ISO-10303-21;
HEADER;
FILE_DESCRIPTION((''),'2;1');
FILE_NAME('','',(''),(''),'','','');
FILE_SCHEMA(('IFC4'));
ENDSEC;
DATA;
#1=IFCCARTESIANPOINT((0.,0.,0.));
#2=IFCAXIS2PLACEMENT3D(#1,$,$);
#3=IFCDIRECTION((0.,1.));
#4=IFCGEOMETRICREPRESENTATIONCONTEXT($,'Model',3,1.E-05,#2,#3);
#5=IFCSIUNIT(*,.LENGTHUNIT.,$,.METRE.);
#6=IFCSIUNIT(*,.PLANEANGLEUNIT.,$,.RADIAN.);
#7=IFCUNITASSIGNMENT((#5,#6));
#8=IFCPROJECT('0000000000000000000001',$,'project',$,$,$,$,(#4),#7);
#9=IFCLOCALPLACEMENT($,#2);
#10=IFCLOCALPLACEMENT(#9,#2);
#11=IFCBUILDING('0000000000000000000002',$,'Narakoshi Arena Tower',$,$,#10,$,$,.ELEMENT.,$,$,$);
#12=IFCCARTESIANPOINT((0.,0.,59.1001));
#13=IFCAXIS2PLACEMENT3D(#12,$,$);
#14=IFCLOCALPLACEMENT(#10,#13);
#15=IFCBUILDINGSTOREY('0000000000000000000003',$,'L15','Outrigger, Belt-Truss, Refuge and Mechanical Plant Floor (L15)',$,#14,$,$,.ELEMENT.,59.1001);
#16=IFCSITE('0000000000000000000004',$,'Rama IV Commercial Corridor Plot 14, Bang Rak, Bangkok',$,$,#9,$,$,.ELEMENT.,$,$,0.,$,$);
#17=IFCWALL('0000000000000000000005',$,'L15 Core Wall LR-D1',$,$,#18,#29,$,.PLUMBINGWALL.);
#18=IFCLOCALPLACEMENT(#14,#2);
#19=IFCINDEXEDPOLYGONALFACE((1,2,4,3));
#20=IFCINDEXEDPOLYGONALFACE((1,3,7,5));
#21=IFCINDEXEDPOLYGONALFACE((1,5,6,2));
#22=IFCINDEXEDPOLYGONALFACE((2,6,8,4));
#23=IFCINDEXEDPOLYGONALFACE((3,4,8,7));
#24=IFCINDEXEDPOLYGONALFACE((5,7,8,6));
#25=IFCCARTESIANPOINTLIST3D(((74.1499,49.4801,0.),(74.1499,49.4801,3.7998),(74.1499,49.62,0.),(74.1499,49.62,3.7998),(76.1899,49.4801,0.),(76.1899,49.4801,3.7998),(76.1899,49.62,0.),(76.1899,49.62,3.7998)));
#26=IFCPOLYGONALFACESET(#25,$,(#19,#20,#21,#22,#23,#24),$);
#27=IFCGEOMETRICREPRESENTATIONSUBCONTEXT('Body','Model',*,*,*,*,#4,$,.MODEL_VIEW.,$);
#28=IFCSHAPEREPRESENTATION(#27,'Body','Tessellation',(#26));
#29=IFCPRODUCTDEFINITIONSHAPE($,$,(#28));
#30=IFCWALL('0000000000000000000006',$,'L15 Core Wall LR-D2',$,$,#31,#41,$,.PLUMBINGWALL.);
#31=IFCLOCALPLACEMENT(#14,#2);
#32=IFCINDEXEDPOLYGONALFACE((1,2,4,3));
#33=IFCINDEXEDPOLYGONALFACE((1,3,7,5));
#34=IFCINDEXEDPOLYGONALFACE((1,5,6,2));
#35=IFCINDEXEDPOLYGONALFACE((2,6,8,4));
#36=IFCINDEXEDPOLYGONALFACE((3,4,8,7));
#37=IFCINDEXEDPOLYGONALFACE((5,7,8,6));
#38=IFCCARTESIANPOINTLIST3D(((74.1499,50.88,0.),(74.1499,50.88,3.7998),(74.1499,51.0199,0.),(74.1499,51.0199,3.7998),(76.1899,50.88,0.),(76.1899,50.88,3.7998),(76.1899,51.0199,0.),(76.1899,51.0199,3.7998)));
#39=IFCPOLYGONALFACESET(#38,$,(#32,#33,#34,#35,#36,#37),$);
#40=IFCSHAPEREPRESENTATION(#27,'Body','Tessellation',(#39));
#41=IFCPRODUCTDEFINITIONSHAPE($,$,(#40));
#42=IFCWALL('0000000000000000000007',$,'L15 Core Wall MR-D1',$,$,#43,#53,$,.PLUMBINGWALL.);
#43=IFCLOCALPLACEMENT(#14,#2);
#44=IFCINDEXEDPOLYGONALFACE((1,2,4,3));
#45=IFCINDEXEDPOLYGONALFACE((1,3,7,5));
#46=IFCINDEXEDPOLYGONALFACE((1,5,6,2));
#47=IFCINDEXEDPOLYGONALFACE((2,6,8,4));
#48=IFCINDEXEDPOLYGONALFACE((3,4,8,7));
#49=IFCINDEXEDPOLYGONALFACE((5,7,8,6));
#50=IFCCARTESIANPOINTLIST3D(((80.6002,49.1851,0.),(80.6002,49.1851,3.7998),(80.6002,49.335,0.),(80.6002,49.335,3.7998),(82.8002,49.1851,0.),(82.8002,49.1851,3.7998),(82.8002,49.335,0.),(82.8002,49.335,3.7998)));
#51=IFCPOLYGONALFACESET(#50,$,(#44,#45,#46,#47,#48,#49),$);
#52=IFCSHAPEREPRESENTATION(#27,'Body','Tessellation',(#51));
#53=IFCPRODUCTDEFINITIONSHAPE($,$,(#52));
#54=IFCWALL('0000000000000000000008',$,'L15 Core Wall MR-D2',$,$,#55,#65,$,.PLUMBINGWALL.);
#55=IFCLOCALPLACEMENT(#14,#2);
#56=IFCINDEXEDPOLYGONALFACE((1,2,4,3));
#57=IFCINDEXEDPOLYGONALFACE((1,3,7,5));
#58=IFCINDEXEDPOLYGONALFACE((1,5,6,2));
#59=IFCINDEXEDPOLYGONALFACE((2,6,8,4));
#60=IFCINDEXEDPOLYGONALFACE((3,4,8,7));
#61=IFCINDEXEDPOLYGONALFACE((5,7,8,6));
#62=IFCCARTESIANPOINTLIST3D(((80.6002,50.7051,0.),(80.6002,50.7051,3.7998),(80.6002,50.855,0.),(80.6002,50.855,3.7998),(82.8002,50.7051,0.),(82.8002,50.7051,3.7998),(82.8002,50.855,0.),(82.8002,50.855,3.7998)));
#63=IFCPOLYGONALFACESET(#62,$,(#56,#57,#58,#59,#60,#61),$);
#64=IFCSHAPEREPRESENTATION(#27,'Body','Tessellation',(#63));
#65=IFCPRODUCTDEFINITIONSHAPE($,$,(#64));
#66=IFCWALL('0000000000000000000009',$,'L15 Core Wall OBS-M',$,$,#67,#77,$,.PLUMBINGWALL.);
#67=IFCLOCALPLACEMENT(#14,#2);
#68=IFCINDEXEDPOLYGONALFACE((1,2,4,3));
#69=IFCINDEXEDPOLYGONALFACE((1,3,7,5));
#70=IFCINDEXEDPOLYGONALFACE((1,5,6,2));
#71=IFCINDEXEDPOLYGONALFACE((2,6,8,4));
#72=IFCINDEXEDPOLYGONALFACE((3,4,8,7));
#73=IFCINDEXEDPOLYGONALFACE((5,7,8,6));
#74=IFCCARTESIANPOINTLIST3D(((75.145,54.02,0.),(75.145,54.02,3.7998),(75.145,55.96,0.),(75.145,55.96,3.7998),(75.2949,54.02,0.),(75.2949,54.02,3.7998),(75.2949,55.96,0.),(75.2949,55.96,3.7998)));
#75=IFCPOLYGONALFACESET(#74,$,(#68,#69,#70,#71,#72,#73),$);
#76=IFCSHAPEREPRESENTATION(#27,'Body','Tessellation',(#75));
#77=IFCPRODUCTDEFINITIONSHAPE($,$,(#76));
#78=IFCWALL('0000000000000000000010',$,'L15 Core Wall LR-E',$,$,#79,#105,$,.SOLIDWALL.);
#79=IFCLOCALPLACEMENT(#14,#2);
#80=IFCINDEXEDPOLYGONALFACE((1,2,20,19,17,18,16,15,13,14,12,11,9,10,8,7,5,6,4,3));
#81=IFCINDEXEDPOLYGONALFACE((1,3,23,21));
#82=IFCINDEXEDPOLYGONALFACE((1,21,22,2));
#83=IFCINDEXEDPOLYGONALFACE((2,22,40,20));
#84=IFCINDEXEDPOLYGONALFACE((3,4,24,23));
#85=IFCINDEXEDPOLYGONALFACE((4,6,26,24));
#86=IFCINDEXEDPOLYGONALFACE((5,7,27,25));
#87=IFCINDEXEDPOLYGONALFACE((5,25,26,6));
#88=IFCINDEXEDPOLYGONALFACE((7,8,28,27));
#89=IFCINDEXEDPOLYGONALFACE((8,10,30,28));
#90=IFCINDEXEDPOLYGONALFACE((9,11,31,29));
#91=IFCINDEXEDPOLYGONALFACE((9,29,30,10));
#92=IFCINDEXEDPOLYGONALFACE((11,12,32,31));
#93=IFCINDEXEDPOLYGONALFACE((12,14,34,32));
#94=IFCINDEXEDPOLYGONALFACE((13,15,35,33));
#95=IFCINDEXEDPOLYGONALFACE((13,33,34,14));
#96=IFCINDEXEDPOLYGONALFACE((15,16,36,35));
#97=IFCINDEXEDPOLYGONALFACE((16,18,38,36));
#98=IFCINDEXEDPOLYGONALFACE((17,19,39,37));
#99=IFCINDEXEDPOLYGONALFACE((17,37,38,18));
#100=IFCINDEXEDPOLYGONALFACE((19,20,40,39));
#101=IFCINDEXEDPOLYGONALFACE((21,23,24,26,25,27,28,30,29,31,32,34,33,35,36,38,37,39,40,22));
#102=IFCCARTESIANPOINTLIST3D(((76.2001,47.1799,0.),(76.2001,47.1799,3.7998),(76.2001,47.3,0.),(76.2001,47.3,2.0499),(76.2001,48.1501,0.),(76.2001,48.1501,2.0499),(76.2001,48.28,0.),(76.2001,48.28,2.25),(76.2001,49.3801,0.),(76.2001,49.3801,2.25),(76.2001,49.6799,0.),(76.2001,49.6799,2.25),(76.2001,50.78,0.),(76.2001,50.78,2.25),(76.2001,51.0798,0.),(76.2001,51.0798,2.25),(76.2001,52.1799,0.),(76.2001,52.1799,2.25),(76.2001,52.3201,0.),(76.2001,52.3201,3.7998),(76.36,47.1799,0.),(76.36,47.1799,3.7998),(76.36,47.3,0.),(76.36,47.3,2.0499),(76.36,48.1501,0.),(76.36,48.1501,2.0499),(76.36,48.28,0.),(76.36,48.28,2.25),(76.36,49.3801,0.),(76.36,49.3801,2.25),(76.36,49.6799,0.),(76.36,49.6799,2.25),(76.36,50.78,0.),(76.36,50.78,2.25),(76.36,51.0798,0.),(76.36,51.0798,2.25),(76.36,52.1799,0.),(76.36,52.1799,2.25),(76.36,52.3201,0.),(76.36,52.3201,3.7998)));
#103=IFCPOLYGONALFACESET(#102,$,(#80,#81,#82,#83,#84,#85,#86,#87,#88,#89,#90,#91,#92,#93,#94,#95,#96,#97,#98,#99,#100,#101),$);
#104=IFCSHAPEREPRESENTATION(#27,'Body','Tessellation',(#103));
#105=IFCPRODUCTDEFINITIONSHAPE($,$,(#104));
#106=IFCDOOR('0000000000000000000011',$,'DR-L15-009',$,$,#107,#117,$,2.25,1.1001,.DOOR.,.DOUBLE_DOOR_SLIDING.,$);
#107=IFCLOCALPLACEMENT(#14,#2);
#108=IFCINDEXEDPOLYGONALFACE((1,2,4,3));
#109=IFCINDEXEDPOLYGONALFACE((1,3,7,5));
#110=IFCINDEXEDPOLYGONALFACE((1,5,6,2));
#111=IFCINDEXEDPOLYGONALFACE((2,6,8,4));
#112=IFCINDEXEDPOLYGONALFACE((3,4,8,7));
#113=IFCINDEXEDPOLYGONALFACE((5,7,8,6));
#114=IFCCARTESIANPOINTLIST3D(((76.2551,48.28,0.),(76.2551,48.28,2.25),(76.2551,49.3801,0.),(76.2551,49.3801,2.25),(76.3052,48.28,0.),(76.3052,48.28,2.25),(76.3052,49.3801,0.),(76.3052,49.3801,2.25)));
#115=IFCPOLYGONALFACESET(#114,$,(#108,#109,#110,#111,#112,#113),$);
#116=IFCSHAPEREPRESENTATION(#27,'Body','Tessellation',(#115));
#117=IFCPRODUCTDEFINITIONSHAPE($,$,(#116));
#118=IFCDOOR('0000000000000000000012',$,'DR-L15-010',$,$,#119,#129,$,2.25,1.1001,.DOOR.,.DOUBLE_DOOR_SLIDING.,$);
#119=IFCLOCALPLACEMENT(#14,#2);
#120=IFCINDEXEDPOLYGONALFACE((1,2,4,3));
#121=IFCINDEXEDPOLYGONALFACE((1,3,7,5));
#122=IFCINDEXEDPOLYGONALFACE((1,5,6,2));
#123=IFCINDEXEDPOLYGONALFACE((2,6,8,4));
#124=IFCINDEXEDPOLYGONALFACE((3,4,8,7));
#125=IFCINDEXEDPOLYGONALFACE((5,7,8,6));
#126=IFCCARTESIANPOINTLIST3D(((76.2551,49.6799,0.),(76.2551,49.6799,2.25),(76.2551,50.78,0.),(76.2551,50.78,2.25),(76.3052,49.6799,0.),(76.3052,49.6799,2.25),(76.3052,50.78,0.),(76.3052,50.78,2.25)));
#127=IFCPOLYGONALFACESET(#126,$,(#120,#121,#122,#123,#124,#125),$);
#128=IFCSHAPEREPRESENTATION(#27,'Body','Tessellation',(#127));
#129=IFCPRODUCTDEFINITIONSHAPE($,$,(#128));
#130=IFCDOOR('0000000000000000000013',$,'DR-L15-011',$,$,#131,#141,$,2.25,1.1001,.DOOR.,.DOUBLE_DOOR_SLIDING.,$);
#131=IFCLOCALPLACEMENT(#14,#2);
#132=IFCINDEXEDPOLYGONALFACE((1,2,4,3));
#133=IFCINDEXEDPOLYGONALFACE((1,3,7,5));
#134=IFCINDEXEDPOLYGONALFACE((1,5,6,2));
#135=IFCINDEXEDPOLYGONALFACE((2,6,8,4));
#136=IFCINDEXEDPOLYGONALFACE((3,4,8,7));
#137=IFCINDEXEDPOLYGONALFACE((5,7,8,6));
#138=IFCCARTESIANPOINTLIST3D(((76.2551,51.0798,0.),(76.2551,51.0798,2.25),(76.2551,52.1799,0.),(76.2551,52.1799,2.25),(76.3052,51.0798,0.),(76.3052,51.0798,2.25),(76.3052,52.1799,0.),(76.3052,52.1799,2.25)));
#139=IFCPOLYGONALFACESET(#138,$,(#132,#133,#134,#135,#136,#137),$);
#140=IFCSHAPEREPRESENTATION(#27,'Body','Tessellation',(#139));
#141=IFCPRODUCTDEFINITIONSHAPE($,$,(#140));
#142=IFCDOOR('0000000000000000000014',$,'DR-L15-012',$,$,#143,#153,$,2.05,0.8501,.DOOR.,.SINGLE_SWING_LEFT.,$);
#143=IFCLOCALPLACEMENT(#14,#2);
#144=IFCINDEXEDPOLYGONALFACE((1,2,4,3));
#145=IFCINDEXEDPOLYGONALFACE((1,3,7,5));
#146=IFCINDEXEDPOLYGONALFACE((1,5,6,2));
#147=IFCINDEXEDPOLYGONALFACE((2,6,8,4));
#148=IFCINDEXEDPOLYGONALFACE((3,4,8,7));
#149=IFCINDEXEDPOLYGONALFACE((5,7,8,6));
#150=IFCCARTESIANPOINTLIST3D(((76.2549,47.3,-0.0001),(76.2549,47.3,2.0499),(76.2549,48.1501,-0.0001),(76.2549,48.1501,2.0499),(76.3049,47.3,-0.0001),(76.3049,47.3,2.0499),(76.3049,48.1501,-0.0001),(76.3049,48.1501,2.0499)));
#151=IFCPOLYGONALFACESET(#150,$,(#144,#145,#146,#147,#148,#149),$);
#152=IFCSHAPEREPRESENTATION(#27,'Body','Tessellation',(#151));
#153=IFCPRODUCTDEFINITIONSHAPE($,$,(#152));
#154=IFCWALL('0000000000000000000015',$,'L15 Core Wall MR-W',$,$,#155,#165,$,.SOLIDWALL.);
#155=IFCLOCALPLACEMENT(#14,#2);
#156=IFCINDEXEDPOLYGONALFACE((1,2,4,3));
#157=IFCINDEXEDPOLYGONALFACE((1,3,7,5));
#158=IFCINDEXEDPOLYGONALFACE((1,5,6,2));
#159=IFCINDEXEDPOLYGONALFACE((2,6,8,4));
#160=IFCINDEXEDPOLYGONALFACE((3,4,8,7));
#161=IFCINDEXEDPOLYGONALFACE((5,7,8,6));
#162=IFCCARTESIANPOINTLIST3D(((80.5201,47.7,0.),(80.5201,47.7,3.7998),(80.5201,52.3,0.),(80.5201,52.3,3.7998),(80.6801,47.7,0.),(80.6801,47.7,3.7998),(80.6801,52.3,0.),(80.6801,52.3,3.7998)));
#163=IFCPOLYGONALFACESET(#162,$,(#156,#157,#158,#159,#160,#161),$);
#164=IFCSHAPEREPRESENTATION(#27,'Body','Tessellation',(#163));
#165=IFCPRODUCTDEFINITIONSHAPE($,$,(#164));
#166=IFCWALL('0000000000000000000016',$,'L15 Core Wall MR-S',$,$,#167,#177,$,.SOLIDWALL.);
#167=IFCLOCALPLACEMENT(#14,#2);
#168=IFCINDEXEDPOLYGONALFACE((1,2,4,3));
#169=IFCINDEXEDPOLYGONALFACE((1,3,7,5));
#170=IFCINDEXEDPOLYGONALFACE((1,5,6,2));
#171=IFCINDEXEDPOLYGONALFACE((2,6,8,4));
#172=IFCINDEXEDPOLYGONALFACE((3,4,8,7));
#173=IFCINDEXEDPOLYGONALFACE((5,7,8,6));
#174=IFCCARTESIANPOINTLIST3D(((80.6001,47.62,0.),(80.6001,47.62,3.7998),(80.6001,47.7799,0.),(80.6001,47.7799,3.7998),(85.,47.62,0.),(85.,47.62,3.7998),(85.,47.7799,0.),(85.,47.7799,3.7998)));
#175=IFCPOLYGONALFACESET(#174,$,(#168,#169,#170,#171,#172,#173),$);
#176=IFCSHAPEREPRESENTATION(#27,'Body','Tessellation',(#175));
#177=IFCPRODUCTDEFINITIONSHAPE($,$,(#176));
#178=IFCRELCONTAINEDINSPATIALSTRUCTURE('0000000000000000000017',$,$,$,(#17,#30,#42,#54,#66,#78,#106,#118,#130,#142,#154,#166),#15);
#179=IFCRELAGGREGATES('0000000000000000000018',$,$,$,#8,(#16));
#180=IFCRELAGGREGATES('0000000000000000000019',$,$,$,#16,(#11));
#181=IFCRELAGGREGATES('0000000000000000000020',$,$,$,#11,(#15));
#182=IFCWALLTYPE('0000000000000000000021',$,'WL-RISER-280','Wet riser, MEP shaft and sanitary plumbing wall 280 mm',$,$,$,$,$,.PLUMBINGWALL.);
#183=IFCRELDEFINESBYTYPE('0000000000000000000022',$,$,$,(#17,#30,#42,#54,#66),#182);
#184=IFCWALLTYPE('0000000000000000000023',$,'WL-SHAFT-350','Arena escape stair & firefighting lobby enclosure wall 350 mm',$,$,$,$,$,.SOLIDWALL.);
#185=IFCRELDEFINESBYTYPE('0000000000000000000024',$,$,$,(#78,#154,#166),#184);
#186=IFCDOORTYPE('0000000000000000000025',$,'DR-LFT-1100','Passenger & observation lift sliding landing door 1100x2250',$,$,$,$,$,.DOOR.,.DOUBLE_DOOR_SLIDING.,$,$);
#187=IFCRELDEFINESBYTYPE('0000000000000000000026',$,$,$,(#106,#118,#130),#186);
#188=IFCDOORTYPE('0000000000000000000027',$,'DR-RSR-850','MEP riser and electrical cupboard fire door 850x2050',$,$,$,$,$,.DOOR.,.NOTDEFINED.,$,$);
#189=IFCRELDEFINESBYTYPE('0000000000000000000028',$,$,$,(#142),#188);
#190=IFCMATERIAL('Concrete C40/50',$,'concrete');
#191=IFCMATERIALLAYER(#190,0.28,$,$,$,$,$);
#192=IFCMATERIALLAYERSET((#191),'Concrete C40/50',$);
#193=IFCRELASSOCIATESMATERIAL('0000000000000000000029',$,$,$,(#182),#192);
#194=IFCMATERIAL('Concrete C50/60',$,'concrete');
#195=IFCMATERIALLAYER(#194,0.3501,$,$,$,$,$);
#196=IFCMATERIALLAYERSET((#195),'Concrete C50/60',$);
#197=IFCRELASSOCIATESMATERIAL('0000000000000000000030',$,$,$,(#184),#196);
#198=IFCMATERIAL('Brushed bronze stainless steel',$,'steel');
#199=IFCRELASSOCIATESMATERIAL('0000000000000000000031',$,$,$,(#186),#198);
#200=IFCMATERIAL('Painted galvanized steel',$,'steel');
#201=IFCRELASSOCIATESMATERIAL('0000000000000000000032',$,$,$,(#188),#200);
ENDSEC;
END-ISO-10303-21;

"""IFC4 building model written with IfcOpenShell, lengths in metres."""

from ifc_helpers import new_model, si_unit, direction, frame, frame_2d, origin, place, context, subcontext, project, spatial, rectangle, extrude, material, layer, layer_set, type_object, element, fill, save


model = new_model("IFC4")

# Units and contexts
model_context = context("Model", 3, precision=1e-05, world=origin(), true_north=direction((0.0, 1.0)))
body_context = subcontext(model_context, "Body", "Model", "MODEL_VIEW")
ifc_project = project(units=[si_unit("LENGTHUNIT", "METRE"), si_unit("PLANEANGLEUNIT", "RADIAN")], contexts=[model_context])

# Site, building, storey
site_placement = place(None, origin())
site = spatial("IfcSite", under=ifc_project, at=site_placement, Name="Rama IV Commercial Corridor Plot 14, Bang Rak, Bangkok", CompositionType="ELEMENT", RefElevation=0.0)
building_placement = place(site_placement, origin())
building = spatial("IfcBuilding", under=site, at=building_placement, Name="Narakoshi Arena Tower", CompositionType="ELEMENT")
storey_placement = place(building_placement, frame((0.0, 0.0, 59.1001)))
storey = spatial("IfcBuildingStorey", under=building, at=storey_placement, Name="L15", Description="Outrigger, Belt-Truss, Refuge and Mechanical Plant Floor (L15)", CompositionType="ELEMENT", Elevation=59.1001)

# Walls
ifc_material_1 = material(Name="Concrete C40/50", Category="concrete")
ifc_layer_1 = layer(ifc_material_1, 0.28)
ifc_layer_set_1 = layer_set([ifc_layer_1], Name="Concrete C40/50")
wall_type_1 = type_object("IfcWallType", Name="WL-RISER-280", Description="Wet riser, MEP shaft and sanitary plumbing wall 280 mm", PredefinedType="PLUMBINGWALL", material=ifc_layer_set_1)
for number, where, z_axis, x_axis, name in (
    (1, (74.1499, 49.55, 0.0), (0.0, 0.0, 1.0), (1.0, 0.0, 0.0), "L15 Core Wall LR-D1"),
    (2, (74.1499, 50.95, 0.0), (0.0, 0.0, 1.0), (1.0, 0.0, 0.0), "L15 Core Wall LR-D2"),
):
    element("IfcWall", number, at=place(storey_placement, frame(where, z_axis=z_axis, x_axis=x_axis)), inside=storey, type_object=wall_type_1, Name=name, PredefinedType="PLUMBINGWALL", context=body_context, shape_type="SweptSolid", body=[
        extrude(rectangle(XDim=2.04, YDim=0.1399, at=frame_2d((1.02, 0.0))), origin(), (0.0, 0.0, 1.0), 3.7998),
    ])
for number, where, z_axis, x_axis, name in (
    (3, (80.6001, 49.26, 0.0), (0.0, 0.0, 1.0), (1.0, 0.0, 0.0), "L15 Core Wall MR-D1"),
    (4, (80.6001, 50.78, 0.0), (0.0, 0.0, 1.0), (1.0, 0.0, 0.0), "L15 Core Wall MR-D2"),
):
    element("IfcWall", number, at=place(storey_placement, frame(where, z_axis=z_axis, x_axis=x_axis)), inside=storey, type_object=wall_type_1, Name=name, PredefinedType="PLUMBINGWALL", context=body_context, shape_type="SweptSolid", body=[
        extrude(rectangle(XDim=2.2, YDim=0.1499, at=frame_2d((1.1001, 0.0))), origin(), (0.0, 0.0, 1.0), 3.7998),
    ])
wall_1_placement = place(storey_placement, frame((75.22, 54.02, 0.0), z_axis=(0.0, 0.0, 1.0), x_axis=(0.0, 1.0, 0.0)))
element("IfcWall", 5, at=wall_1_placement, inside=storey, type_object=wall_type_1, Name="L15 Core Wall OBS-M", PredefinedType="PLUMBINGWALL", context=body_context, shape_type="SweptSolid", body=[
    extrude(rectangle(XDim=1.9399, YDim=0.1499, at=frame_2d((0.97, 0.0))), origin(), (0.0, 0.0, 1.0), 3.7998),
])

# Wall, openings, doors
ifc_material_2 = material(Name="Concrete C50/60", Category="concrete")
ifc_layer_2 = layer(ifc_material_2, 0.3501)
ifc_layer_set_2 = layer_set([ifc_layer_2], Name="Concrete C50/60")
wall_type_2 = type_object("IfcWallType", Name="WL-SHAFT-350", Description="Arena escape stair & firefighting lobby enclosure wall 350 mm", PredefinedType="SOLIDWALL", material=ifc_layer_set_2)
wall_2_placement = place(storey_placement, frame((76.28, 47.1799, 0.0), z_axis=(0.0, 0.0, 1.0), x_axis=(0.0, 1.0, 0.0)))
wall_2 = element("IfcWall", 6, at=wall_2_placement, inside=storey, type_object=wall_type_2, Name="L15 Core Wall LR-E", PredefinedType="SOLIDWALL", context=body_context, shape_type="SweptSolid", body=[
    extrude(rectangle(XDim=5.1401, YDim=0.1599, at=frame_2d((2.5701, 0.0))), origin(), (0.0, 0.0, 1.0), 3.7998),
])
opening_1_placement = place(wall_2_placement, frame((1.1001, 0.0, 0.0)))
opening_1 = element("IfcOpeningElement", 7, at=opening_1_placement, cuts=wall_2, PredefinedType="OPENING", context=body_context, shape_type="SweptSolid", body=[
    extrude(rectangle(XDim=1.1001, YDim=2.25, at=frame_2d((0.55, 1.125))), frame((0.0, 0.0898, 0.0), z_axis=(0.0, -1.0, 0.0), x_axis=(1.0, 0.0, 0.0)), (0.0, 0.0, 1.0), 0.1799),
])
opening_2_placement = place(wall_2_placement, frame((2.5, 0.0, 0.0)))
opening_2 = element("IfcOpeningElement", 8, at=opening_2_placement, cuts=wall_2, PredefinedType="OPENING", context=body_context, shape_type="SweptSolid", body=[
    extrude(rectangle(XDim=1.1001, YDim=2.25, at=frame_2d((0.55, 1.125))), frame((0.0, 0.0898, 0.0), z_axis=(0.0, -1.0, 0.0), x_axis=(1.0, 0.0, 0.0)), (0.0, 0.0, 1.0), 0.1799),
])
opening_3_placement = place(wall_2_placement, frame((3.8999, 0.0, 0.0)))
opening_3 = element("IfcOpeningElement", 9, at=opening_3_placement, cuts=wall_2, PredefinedType="OPENING", context=body_context, shape_type="SweptSolid", body=[
    extrude(rectangle(XDim=1.1001, YDim=2.25, at=frame_2d((0.55, 1.125))), frame((0.0, 0.0898, 0.0), z_axis=(0.0, -1.0, 0.0), x_axis=(1.0, 0.0, 0.0)), (0.0, 0.0, 1.0), 0.1799),
])
opening_4_placement = place(wall_2_placement, frame((0.1201, 0.0, 0.0)))
opening_4 = element("IfcOpeningElement", 10, at=opening_4_placement, cuts=wall_2, PredefinedType="OPENING", context=body_context, shape_type="SweptSolid", body=[
    extrude(rectangle(XDim=0.8501, YDim=2.05, at=frame_2d((0.425, 1.0249))), frame((0.0, 0.0898, 0.0), z_axis=(0.0, -1.0, 0.0), x_axis=(1.0, 0.0, 0.0)), (0.0, 0.0, 1.0), 0.1799),
])
ifc_material_3 = material(Name="Brushed bronze stainless steel", Category="steel")
door_type_1 = type_object("IfcDoorType", Name="DR-LFT-1100", Description="Passenger & observation lift sliding landing door 1100x2250", OperationType="DOUBLE_DOOR_SLIDING", PredefinedType="DOOR", material=ifc_material_3)
door_1_placement = place(opening_1_placement, origin())
door_1 = element("IfcDoor", 11, at=door_1_placement, inside=storey, type_object=door_type_1, Name="DR-L15-009", OperationType="DOUBLE_DOOR_SLIDING", OverallHeight=2.25, OverallWidth=1.1001, PredefinedType="DOOR", context=body_context, shape_type="SweptSolid", body=[
    extrude(rectangle(XDim=1.1001, YDim=2.25, at=frame_2d((0.55, 1.125))), frame((0.0, 0.0249, 0.0), z_axis=(0.0, -1.0, 0.0), x_axis=(1.0, 0.0, 0.0)), (0.0, 0.0, 1.0), 0.05),
])
fill(opening_1, door_1)
door_2_placement = place(opening_2_placement, origin())
door_2 = element("IfcDoor", 12, at=door_2_placement, inside=storey, type_object=door_type_1, Name="DR-L15-010", OperationType="DOUBLE_DOOR_SLIDING", OverallHeight=2.25, OverallWidth=1.1001, PredefinedType="DOOR", context=body_context, shape_type="SweptSolid", body=[
    extrude(rectangle(XDim=1.1001, YDim=2.25, at=frame_2d((0.55, 1.125))), frame((0.0, 0.0249, 0.0), z_axis=(0.0, -1.0, 0.0), x_axis=(1.0, 0.0, 0.0)), (0.0, 0.0, 1.0), 0.05),
])
fill(opening_2, door_2)
door_3_placement = place(opening_3_placement, origin())
door_3 = element("IfcDoor", 13, at=door_3_placement, inside=storey, type_object=door_type_1, Name="DR-L15-011", OperationType="DOUBLE_DOOR_SLIDING", OverallHeight=2.25, OverallWidth=1.1001, PredefinedType="DOOR", context=body_context, shape_type="SweptSolid", body=[
    extrude(rectangle(XDim=1.1001, YDim=2.25, at=frame_2d((0.55, 1.125))), frame((0.0, 0.0249, 0.0), z_axis=(0.0, -1.0, 0.0), x_axis=(1.0, 0.0, 0.0)), (0.0, 0.0, 1.0), 0.05),
])
fill(opening_3, door_3)
ifc_material_4 = material(Name="Painted galvanized steel", Category="steel")
door_type_2 = type_object("IfcDoorType", Name="DR-RSR-850", Description="MEP riser and electrical cupboard fire door 850x2050", OperationType="NOTDEFINED", PredefinedType="DOOR", material=ifc_material_4)
door_4_placement = place(opening_4_placement, frame((0.8501, 0.0, 0.0), z_axis=(0.0, 0.0, 1.0), x_axis=(-1.0, 0.0, 0.0)))
door_4 = element("IfcDoor", 14, at=door_4_placement, inside=storey, type_object=door_type_2, Name="DR-L15-012", OperationType="SINGLE_SWING_LEFT", OverallHeight=2.05, OverallWidth=0.8501, PredefinedType="DOOR", context=body_context, shape_type="SweptSolid", body=[
    extrude(rectangle(XDim=0.8501, YDim=2.05, at=frame_2d((0.425, 1.0249))), frame((0.0, 0.0249, 0.0), z_axis=(0.0, -1.0, 0.0), x_axis=(1.0, 0.0, 0.0)), (0.0, 0.0, 1.0), 0.05),
])
fill(opening_4, door_4)

# Walls
wall_3_placement = place(storey_placement, frame((80.6001, 47.7, 0.0), z_axis=(0.0, 0.0, 1.0), x_axis=(0.0, 1.0, 0.0)))
element("IfcWall", 15, at=wall_3_placement, inside=storey, type_object=wall_type_2, Name="L15 Core Wall MR-W", PredefinedType="SOLIDWALL", context=body_context, shape_type="SweptSolid", body=[
    extrude(rectangle(XDim=4.6001, YDim=0.1599, at=frame_2d((2.3, 0.0))), origin(), (0.0, 0.0, 1.0), 3.7998),
])
wall_4_placement = place(storey_placement, frame((80.6001, 47.7, 0.0), z_axis=(0.0, 0.0, 1.0), x_axis=(1.0, 0.0, 0.0)))
element("IfcWall", 16, at=wall_4_placement, inside=storey, type_object=wall_type_2, Name="L15 Core Wall MR-S", PredefinedType="SOLIDWALL", context=body_context, shape_type="SweptSolid", body=[
    extrude(rectangle(XDim=4.3999, YDim=0.1599, at=frame_2d((2.2, 0.0))), origin(), (0.0, 0.0, 1.0), 3.7998),
])

save(model, "model.ifc")
